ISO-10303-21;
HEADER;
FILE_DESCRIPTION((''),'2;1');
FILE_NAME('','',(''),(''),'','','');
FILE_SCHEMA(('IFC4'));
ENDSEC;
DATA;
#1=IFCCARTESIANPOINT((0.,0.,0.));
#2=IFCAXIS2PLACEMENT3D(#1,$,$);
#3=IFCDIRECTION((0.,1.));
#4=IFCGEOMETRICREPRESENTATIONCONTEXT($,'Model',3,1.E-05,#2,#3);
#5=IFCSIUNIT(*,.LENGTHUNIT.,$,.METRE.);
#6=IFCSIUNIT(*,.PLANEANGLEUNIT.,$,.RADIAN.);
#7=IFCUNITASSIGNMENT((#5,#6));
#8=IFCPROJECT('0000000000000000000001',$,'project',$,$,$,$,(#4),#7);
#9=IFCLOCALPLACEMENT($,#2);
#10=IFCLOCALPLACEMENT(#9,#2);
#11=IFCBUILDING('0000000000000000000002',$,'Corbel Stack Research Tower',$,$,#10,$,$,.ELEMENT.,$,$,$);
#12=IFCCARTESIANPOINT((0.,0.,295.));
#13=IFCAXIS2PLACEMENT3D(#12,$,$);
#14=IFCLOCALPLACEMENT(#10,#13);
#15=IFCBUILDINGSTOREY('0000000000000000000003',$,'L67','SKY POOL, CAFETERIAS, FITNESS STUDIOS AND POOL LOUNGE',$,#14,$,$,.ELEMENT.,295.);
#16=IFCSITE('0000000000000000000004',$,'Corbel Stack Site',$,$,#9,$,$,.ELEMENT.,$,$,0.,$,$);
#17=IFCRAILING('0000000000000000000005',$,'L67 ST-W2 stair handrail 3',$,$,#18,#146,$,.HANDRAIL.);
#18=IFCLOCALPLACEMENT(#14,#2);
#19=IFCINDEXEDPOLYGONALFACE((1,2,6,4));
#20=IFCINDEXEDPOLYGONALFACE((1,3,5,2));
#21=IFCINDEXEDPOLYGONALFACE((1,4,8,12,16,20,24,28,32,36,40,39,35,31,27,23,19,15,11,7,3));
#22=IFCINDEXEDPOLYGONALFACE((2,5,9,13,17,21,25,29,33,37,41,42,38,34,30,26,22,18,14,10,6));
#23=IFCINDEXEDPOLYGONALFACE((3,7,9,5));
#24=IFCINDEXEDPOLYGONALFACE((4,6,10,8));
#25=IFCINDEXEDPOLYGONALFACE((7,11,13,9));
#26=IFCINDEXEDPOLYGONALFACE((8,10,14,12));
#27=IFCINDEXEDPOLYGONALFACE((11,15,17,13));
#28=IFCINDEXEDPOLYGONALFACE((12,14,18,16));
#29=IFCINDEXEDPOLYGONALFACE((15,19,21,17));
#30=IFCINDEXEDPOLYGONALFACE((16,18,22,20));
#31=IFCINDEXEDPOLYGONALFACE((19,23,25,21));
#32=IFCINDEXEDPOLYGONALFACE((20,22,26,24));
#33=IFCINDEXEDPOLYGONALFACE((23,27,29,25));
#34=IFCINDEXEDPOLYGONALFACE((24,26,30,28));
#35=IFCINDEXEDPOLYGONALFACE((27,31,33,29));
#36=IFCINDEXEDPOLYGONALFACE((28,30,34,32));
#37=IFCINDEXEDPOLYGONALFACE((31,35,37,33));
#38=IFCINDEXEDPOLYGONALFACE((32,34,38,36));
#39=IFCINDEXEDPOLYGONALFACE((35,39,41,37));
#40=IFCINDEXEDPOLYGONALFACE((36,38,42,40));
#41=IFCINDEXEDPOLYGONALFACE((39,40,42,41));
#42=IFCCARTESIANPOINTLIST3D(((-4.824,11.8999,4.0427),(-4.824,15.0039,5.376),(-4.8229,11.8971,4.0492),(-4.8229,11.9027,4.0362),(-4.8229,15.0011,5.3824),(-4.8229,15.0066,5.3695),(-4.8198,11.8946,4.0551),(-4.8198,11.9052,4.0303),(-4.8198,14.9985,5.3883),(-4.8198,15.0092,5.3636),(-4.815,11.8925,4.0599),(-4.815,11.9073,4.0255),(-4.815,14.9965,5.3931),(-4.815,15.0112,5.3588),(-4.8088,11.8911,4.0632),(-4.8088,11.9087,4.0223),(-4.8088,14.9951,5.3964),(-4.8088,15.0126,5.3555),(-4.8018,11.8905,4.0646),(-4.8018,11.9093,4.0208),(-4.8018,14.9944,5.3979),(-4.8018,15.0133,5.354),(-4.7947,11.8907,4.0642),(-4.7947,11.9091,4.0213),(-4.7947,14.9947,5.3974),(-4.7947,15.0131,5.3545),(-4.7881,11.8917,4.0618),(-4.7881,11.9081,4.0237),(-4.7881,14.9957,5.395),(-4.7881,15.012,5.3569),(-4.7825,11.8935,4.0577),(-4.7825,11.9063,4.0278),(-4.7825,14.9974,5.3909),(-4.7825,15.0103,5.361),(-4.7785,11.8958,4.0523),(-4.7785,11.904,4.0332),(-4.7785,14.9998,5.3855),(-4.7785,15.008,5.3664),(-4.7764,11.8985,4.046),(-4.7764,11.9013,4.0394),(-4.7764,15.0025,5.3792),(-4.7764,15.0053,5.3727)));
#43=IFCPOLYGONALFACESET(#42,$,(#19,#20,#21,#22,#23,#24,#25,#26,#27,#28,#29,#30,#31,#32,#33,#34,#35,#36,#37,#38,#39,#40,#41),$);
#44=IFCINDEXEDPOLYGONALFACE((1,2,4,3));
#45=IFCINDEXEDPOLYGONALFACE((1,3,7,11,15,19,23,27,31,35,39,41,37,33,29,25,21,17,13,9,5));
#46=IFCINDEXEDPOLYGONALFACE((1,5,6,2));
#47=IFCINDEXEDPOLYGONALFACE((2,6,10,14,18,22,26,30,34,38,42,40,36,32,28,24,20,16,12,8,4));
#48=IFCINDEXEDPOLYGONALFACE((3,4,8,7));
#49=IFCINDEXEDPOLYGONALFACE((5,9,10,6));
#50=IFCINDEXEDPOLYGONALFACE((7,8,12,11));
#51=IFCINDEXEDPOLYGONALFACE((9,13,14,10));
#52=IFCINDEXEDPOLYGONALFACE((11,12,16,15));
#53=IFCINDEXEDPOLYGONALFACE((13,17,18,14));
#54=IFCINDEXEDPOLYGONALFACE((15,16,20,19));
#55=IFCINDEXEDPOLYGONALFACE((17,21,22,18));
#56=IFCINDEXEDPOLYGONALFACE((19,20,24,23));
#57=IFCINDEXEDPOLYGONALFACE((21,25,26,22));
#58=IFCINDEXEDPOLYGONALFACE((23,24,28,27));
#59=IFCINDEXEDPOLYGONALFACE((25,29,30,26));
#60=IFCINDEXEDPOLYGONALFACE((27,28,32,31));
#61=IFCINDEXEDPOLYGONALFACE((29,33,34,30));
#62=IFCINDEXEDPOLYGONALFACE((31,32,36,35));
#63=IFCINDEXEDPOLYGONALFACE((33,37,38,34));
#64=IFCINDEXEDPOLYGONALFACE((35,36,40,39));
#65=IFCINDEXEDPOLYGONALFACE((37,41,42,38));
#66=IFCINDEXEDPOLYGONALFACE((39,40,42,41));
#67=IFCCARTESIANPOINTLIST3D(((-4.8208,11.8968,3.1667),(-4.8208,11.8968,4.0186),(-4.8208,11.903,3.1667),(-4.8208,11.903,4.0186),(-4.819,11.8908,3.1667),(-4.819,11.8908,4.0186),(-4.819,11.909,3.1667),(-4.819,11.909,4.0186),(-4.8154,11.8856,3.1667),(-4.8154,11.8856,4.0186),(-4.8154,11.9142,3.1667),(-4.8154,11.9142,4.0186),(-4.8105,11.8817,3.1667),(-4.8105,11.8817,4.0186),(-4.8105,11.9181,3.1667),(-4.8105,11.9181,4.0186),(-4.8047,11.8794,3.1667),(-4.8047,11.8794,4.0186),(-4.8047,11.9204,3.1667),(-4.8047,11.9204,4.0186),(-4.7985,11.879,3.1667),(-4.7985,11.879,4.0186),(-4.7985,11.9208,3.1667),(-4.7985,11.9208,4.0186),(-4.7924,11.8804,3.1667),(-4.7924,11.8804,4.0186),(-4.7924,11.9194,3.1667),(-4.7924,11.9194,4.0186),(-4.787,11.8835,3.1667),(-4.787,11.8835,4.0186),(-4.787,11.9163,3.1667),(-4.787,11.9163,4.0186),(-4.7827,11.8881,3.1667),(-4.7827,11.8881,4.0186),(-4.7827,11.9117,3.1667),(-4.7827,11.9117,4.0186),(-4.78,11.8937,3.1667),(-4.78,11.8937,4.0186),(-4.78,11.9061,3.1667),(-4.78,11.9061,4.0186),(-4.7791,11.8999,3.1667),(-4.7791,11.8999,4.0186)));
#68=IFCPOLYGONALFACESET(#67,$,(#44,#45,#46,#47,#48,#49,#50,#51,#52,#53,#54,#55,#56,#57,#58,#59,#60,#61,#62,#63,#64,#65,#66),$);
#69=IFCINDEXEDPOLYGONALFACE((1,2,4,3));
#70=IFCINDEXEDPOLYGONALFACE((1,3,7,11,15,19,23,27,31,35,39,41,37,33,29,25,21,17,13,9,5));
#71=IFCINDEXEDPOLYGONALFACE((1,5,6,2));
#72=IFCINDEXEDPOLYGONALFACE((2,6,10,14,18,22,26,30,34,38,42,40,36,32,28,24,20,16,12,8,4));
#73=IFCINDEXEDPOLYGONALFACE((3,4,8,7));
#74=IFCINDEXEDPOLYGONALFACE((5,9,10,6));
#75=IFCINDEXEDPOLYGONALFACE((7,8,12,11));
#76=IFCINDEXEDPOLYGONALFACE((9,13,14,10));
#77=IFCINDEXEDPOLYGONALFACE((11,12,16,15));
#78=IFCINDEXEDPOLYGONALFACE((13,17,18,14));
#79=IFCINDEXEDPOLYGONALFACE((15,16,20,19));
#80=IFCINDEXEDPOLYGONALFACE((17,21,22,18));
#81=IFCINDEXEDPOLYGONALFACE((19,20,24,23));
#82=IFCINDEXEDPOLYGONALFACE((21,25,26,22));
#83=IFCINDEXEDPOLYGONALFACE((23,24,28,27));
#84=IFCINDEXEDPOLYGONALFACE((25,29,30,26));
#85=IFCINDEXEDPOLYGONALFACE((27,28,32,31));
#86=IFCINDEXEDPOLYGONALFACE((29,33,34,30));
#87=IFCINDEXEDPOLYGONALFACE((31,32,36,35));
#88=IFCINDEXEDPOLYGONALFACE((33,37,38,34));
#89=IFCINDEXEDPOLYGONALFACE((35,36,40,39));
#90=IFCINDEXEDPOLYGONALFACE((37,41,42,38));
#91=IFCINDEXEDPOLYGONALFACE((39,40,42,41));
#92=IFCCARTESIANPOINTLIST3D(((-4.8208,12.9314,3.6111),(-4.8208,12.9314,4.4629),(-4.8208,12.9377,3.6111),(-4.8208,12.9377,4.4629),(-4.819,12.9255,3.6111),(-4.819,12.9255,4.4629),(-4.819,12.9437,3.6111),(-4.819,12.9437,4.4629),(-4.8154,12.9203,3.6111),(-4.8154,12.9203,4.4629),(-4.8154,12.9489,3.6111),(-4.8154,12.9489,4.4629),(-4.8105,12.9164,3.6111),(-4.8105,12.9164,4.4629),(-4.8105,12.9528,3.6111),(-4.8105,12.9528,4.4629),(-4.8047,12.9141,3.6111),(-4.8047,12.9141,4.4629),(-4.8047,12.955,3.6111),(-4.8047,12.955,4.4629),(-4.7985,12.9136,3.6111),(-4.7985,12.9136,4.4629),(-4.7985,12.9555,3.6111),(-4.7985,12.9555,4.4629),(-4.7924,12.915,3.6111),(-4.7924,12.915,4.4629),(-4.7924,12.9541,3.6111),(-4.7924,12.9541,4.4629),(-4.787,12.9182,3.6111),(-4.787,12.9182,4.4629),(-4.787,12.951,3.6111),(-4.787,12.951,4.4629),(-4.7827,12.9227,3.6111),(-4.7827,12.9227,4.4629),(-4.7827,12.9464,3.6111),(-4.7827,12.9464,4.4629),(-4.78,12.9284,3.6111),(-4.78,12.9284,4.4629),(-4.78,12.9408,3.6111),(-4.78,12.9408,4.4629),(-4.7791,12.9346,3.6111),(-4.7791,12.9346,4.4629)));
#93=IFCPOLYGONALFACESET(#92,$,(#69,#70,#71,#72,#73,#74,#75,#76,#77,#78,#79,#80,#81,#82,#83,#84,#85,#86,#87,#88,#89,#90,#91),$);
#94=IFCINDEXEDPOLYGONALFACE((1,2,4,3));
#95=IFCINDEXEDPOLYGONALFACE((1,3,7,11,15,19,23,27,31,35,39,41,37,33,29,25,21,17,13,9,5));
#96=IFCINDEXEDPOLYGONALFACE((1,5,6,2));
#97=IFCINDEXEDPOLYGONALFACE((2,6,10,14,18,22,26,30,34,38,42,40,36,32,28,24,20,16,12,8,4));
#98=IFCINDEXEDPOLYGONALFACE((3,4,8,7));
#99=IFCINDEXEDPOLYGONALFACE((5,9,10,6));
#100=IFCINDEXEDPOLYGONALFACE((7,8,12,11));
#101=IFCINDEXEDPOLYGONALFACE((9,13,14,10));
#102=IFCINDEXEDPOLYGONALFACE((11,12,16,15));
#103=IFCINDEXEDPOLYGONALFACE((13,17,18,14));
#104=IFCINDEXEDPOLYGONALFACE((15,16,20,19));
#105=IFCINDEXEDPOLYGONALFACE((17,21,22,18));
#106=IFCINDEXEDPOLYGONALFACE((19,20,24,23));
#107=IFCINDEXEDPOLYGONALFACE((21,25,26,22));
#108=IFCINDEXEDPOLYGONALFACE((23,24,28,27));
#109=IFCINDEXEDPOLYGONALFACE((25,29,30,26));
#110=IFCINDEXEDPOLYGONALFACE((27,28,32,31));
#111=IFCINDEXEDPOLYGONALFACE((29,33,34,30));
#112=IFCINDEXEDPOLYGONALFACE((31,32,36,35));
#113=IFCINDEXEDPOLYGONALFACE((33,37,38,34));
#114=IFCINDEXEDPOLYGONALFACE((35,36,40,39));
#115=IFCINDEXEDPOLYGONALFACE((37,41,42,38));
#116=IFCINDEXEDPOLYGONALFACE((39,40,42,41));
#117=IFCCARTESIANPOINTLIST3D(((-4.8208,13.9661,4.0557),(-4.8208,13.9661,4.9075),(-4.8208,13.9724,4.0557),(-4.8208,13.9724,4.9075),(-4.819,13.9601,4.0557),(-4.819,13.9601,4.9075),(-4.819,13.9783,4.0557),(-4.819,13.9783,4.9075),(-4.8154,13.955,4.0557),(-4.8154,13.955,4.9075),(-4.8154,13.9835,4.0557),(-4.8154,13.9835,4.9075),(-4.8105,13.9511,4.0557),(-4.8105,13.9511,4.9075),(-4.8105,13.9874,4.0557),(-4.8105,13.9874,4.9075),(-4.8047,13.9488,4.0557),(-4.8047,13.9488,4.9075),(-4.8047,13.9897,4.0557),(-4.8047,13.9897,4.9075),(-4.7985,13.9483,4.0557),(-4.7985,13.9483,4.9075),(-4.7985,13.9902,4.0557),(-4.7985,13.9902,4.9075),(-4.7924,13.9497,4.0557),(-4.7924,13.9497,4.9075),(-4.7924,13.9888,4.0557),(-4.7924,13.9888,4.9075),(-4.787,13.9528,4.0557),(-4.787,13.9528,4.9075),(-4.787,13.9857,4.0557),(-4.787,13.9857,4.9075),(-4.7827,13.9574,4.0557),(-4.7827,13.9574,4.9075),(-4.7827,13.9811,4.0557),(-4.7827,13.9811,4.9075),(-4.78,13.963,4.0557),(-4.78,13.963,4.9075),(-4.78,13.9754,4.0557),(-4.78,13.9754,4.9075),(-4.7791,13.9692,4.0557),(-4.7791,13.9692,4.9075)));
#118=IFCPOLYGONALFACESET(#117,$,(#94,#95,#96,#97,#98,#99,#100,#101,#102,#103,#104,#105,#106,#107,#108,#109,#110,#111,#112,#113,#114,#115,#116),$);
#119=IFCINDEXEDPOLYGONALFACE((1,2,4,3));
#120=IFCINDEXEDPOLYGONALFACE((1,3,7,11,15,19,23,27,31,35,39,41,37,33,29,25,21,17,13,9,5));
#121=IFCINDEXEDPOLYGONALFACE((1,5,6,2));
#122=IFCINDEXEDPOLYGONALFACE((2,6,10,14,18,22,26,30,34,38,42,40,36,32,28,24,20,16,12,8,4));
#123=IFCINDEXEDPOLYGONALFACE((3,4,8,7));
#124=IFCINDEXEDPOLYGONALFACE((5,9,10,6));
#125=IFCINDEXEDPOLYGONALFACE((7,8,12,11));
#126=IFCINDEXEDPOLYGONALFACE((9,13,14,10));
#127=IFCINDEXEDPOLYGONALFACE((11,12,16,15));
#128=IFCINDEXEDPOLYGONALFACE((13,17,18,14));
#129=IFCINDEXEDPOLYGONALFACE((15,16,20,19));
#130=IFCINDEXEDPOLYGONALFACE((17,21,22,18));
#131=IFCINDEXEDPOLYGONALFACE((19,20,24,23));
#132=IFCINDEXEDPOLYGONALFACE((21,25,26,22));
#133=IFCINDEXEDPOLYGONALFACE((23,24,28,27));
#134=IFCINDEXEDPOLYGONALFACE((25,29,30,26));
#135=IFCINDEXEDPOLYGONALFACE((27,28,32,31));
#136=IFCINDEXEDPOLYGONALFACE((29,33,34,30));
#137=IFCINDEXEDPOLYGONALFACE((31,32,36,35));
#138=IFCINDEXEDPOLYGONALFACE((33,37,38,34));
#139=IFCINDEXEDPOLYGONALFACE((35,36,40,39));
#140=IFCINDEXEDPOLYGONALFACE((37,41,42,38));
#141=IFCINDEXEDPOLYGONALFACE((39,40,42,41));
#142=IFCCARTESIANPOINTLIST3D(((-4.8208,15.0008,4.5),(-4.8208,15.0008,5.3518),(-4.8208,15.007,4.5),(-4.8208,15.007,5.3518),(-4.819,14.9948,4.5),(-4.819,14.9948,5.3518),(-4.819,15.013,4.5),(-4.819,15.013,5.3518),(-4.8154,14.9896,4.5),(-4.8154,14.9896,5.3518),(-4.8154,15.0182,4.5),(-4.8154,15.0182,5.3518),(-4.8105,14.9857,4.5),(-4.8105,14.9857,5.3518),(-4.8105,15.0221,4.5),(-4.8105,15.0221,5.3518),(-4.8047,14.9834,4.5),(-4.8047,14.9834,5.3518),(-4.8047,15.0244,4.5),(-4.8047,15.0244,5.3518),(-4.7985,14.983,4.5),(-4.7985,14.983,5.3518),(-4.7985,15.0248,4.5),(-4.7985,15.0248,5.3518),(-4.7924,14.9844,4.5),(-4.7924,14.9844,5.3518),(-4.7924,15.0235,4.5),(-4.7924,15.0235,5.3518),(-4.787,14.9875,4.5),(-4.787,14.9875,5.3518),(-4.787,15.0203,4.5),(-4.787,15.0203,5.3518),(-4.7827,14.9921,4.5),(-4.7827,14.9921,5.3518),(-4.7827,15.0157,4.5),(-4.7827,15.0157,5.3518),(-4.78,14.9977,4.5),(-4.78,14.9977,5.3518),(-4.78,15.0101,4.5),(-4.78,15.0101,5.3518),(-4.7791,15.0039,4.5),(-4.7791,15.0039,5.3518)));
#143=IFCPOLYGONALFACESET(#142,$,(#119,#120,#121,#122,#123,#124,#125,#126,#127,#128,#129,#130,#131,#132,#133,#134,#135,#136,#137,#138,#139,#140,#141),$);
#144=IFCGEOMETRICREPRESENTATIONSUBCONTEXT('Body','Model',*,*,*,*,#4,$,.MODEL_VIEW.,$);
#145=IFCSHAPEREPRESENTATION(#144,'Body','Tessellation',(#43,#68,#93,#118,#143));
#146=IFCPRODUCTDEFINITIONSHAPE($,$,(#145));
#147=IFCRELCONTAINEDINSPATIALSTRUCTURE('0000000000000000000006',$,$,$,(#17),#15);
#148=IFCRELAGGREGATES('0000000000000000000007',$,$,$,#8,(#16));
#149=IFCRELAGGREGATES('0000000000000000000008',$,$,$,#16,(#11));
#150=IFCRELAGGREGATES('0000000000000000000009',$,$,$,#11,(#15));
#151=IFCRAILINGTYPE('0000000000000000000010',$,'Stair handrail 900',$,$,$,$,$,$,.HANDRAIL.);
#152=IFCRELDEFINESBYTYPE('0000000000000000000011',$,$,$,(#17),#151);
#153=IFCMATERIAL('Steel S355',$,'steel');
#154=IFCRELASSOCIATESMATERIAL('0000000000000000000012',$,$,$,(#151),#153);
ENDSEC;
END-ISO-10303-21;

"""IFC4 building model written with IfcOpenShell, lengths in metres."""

from ifc_helpers import new_model, si_unit, direction, frame, origin, origin_2d, place, context, subcontext, project, spatial, circle, extrude, material, type_object, element, save


model = new_model("IFC4")

# Units and contexts
model_context = context("Model", 3, precision=1e-05, world=origin(), true_north=direction((0.0, 1.0)))
body_context = subcontext(model_context, "Body", "Model", "MODEL_VIEW")
ifc_project = project(units=[si_unit("LENGTHUNIT", "METRE"), si_unit("PLANEANGLEUNIT", "RADIAN")], contexts=[model_context])

# Site, building, storey
site_placement = place(None, origin())
site = spatial("IfcSite", under=ifc_project, at=site_placement, Name="Corbel Stack Site", CompositionType="ELEMENT", RefElevation=0.0)
building_placement = place(site_placement, origin())
building = spatial("IfcBuilding", under=site, at=building_placement, Name="Corbel Stack Research Tower", CompositionType="ELEMENT")
storey_placement = place(building_placement, frame((0.0, 0.0, 295.0)))
storey = spatial("IfcBuildingStorey", under=building, at=storey_placement, Name="L67", Description="SKY POOL, CAFETERIAS, FITNESS STUDIOS AND POOL LOUNGE", CompositionType="ELEMENT", Elevation=295.0)

# Railing
ifc_material_1 = material(Name="Steel S355", Category="steel")
railing_type_1 = type_object("IfcRailingType", Name="Stair handrail 900", PredefinedType="HANDRAIL", material=ifc_material_1)
for number, where, name in (
    (1, (-4.8, 11.8999, 3.1667), "L67 ST-W2 stair handrail 3"),
):
    element("IfcRailing", number, at=place(storey_placement, frame(where)), inside=storey, type_object=railing_type_1, Name=name, PredefinedType="HANDRAIL", context=body_context, shape_type="SweptSolid", body=[
        extrude(circle(Radius=0.0239, at=origin_2d()), frame((0.0, 0.0, 0.876), z_axis=(0.0, 0.918827, 0.394661), x_axis=(-1.0, 0.0, 0.0)), (0.0, 0.0, 1.0), 3.3782),
        extrude(circle(Radius=0.021, at=origin_2d()), origin(), (0.0, 0.0, 1.0), 0.8518),
        extrude(circle(Radius=0.021, at=origin_2d()), frame((0.0, 1.0347, 0.4443)), (0.0, 0.0, 1.0), 0.8518),
        extrude(circle(Radius=0.021, at=origin_2d()), frame((0.0, 2.0693, 0.8889)), (0.0, 0.0, 1.0), 0.8518),
        extrude(circle(Radius=0.021, at=origin_2d()), frame((0.0, 3.104, 1.3333)), (0.0, 0.0, 1.0), 0.8518),
    ])

save(model, "model.ifc")
